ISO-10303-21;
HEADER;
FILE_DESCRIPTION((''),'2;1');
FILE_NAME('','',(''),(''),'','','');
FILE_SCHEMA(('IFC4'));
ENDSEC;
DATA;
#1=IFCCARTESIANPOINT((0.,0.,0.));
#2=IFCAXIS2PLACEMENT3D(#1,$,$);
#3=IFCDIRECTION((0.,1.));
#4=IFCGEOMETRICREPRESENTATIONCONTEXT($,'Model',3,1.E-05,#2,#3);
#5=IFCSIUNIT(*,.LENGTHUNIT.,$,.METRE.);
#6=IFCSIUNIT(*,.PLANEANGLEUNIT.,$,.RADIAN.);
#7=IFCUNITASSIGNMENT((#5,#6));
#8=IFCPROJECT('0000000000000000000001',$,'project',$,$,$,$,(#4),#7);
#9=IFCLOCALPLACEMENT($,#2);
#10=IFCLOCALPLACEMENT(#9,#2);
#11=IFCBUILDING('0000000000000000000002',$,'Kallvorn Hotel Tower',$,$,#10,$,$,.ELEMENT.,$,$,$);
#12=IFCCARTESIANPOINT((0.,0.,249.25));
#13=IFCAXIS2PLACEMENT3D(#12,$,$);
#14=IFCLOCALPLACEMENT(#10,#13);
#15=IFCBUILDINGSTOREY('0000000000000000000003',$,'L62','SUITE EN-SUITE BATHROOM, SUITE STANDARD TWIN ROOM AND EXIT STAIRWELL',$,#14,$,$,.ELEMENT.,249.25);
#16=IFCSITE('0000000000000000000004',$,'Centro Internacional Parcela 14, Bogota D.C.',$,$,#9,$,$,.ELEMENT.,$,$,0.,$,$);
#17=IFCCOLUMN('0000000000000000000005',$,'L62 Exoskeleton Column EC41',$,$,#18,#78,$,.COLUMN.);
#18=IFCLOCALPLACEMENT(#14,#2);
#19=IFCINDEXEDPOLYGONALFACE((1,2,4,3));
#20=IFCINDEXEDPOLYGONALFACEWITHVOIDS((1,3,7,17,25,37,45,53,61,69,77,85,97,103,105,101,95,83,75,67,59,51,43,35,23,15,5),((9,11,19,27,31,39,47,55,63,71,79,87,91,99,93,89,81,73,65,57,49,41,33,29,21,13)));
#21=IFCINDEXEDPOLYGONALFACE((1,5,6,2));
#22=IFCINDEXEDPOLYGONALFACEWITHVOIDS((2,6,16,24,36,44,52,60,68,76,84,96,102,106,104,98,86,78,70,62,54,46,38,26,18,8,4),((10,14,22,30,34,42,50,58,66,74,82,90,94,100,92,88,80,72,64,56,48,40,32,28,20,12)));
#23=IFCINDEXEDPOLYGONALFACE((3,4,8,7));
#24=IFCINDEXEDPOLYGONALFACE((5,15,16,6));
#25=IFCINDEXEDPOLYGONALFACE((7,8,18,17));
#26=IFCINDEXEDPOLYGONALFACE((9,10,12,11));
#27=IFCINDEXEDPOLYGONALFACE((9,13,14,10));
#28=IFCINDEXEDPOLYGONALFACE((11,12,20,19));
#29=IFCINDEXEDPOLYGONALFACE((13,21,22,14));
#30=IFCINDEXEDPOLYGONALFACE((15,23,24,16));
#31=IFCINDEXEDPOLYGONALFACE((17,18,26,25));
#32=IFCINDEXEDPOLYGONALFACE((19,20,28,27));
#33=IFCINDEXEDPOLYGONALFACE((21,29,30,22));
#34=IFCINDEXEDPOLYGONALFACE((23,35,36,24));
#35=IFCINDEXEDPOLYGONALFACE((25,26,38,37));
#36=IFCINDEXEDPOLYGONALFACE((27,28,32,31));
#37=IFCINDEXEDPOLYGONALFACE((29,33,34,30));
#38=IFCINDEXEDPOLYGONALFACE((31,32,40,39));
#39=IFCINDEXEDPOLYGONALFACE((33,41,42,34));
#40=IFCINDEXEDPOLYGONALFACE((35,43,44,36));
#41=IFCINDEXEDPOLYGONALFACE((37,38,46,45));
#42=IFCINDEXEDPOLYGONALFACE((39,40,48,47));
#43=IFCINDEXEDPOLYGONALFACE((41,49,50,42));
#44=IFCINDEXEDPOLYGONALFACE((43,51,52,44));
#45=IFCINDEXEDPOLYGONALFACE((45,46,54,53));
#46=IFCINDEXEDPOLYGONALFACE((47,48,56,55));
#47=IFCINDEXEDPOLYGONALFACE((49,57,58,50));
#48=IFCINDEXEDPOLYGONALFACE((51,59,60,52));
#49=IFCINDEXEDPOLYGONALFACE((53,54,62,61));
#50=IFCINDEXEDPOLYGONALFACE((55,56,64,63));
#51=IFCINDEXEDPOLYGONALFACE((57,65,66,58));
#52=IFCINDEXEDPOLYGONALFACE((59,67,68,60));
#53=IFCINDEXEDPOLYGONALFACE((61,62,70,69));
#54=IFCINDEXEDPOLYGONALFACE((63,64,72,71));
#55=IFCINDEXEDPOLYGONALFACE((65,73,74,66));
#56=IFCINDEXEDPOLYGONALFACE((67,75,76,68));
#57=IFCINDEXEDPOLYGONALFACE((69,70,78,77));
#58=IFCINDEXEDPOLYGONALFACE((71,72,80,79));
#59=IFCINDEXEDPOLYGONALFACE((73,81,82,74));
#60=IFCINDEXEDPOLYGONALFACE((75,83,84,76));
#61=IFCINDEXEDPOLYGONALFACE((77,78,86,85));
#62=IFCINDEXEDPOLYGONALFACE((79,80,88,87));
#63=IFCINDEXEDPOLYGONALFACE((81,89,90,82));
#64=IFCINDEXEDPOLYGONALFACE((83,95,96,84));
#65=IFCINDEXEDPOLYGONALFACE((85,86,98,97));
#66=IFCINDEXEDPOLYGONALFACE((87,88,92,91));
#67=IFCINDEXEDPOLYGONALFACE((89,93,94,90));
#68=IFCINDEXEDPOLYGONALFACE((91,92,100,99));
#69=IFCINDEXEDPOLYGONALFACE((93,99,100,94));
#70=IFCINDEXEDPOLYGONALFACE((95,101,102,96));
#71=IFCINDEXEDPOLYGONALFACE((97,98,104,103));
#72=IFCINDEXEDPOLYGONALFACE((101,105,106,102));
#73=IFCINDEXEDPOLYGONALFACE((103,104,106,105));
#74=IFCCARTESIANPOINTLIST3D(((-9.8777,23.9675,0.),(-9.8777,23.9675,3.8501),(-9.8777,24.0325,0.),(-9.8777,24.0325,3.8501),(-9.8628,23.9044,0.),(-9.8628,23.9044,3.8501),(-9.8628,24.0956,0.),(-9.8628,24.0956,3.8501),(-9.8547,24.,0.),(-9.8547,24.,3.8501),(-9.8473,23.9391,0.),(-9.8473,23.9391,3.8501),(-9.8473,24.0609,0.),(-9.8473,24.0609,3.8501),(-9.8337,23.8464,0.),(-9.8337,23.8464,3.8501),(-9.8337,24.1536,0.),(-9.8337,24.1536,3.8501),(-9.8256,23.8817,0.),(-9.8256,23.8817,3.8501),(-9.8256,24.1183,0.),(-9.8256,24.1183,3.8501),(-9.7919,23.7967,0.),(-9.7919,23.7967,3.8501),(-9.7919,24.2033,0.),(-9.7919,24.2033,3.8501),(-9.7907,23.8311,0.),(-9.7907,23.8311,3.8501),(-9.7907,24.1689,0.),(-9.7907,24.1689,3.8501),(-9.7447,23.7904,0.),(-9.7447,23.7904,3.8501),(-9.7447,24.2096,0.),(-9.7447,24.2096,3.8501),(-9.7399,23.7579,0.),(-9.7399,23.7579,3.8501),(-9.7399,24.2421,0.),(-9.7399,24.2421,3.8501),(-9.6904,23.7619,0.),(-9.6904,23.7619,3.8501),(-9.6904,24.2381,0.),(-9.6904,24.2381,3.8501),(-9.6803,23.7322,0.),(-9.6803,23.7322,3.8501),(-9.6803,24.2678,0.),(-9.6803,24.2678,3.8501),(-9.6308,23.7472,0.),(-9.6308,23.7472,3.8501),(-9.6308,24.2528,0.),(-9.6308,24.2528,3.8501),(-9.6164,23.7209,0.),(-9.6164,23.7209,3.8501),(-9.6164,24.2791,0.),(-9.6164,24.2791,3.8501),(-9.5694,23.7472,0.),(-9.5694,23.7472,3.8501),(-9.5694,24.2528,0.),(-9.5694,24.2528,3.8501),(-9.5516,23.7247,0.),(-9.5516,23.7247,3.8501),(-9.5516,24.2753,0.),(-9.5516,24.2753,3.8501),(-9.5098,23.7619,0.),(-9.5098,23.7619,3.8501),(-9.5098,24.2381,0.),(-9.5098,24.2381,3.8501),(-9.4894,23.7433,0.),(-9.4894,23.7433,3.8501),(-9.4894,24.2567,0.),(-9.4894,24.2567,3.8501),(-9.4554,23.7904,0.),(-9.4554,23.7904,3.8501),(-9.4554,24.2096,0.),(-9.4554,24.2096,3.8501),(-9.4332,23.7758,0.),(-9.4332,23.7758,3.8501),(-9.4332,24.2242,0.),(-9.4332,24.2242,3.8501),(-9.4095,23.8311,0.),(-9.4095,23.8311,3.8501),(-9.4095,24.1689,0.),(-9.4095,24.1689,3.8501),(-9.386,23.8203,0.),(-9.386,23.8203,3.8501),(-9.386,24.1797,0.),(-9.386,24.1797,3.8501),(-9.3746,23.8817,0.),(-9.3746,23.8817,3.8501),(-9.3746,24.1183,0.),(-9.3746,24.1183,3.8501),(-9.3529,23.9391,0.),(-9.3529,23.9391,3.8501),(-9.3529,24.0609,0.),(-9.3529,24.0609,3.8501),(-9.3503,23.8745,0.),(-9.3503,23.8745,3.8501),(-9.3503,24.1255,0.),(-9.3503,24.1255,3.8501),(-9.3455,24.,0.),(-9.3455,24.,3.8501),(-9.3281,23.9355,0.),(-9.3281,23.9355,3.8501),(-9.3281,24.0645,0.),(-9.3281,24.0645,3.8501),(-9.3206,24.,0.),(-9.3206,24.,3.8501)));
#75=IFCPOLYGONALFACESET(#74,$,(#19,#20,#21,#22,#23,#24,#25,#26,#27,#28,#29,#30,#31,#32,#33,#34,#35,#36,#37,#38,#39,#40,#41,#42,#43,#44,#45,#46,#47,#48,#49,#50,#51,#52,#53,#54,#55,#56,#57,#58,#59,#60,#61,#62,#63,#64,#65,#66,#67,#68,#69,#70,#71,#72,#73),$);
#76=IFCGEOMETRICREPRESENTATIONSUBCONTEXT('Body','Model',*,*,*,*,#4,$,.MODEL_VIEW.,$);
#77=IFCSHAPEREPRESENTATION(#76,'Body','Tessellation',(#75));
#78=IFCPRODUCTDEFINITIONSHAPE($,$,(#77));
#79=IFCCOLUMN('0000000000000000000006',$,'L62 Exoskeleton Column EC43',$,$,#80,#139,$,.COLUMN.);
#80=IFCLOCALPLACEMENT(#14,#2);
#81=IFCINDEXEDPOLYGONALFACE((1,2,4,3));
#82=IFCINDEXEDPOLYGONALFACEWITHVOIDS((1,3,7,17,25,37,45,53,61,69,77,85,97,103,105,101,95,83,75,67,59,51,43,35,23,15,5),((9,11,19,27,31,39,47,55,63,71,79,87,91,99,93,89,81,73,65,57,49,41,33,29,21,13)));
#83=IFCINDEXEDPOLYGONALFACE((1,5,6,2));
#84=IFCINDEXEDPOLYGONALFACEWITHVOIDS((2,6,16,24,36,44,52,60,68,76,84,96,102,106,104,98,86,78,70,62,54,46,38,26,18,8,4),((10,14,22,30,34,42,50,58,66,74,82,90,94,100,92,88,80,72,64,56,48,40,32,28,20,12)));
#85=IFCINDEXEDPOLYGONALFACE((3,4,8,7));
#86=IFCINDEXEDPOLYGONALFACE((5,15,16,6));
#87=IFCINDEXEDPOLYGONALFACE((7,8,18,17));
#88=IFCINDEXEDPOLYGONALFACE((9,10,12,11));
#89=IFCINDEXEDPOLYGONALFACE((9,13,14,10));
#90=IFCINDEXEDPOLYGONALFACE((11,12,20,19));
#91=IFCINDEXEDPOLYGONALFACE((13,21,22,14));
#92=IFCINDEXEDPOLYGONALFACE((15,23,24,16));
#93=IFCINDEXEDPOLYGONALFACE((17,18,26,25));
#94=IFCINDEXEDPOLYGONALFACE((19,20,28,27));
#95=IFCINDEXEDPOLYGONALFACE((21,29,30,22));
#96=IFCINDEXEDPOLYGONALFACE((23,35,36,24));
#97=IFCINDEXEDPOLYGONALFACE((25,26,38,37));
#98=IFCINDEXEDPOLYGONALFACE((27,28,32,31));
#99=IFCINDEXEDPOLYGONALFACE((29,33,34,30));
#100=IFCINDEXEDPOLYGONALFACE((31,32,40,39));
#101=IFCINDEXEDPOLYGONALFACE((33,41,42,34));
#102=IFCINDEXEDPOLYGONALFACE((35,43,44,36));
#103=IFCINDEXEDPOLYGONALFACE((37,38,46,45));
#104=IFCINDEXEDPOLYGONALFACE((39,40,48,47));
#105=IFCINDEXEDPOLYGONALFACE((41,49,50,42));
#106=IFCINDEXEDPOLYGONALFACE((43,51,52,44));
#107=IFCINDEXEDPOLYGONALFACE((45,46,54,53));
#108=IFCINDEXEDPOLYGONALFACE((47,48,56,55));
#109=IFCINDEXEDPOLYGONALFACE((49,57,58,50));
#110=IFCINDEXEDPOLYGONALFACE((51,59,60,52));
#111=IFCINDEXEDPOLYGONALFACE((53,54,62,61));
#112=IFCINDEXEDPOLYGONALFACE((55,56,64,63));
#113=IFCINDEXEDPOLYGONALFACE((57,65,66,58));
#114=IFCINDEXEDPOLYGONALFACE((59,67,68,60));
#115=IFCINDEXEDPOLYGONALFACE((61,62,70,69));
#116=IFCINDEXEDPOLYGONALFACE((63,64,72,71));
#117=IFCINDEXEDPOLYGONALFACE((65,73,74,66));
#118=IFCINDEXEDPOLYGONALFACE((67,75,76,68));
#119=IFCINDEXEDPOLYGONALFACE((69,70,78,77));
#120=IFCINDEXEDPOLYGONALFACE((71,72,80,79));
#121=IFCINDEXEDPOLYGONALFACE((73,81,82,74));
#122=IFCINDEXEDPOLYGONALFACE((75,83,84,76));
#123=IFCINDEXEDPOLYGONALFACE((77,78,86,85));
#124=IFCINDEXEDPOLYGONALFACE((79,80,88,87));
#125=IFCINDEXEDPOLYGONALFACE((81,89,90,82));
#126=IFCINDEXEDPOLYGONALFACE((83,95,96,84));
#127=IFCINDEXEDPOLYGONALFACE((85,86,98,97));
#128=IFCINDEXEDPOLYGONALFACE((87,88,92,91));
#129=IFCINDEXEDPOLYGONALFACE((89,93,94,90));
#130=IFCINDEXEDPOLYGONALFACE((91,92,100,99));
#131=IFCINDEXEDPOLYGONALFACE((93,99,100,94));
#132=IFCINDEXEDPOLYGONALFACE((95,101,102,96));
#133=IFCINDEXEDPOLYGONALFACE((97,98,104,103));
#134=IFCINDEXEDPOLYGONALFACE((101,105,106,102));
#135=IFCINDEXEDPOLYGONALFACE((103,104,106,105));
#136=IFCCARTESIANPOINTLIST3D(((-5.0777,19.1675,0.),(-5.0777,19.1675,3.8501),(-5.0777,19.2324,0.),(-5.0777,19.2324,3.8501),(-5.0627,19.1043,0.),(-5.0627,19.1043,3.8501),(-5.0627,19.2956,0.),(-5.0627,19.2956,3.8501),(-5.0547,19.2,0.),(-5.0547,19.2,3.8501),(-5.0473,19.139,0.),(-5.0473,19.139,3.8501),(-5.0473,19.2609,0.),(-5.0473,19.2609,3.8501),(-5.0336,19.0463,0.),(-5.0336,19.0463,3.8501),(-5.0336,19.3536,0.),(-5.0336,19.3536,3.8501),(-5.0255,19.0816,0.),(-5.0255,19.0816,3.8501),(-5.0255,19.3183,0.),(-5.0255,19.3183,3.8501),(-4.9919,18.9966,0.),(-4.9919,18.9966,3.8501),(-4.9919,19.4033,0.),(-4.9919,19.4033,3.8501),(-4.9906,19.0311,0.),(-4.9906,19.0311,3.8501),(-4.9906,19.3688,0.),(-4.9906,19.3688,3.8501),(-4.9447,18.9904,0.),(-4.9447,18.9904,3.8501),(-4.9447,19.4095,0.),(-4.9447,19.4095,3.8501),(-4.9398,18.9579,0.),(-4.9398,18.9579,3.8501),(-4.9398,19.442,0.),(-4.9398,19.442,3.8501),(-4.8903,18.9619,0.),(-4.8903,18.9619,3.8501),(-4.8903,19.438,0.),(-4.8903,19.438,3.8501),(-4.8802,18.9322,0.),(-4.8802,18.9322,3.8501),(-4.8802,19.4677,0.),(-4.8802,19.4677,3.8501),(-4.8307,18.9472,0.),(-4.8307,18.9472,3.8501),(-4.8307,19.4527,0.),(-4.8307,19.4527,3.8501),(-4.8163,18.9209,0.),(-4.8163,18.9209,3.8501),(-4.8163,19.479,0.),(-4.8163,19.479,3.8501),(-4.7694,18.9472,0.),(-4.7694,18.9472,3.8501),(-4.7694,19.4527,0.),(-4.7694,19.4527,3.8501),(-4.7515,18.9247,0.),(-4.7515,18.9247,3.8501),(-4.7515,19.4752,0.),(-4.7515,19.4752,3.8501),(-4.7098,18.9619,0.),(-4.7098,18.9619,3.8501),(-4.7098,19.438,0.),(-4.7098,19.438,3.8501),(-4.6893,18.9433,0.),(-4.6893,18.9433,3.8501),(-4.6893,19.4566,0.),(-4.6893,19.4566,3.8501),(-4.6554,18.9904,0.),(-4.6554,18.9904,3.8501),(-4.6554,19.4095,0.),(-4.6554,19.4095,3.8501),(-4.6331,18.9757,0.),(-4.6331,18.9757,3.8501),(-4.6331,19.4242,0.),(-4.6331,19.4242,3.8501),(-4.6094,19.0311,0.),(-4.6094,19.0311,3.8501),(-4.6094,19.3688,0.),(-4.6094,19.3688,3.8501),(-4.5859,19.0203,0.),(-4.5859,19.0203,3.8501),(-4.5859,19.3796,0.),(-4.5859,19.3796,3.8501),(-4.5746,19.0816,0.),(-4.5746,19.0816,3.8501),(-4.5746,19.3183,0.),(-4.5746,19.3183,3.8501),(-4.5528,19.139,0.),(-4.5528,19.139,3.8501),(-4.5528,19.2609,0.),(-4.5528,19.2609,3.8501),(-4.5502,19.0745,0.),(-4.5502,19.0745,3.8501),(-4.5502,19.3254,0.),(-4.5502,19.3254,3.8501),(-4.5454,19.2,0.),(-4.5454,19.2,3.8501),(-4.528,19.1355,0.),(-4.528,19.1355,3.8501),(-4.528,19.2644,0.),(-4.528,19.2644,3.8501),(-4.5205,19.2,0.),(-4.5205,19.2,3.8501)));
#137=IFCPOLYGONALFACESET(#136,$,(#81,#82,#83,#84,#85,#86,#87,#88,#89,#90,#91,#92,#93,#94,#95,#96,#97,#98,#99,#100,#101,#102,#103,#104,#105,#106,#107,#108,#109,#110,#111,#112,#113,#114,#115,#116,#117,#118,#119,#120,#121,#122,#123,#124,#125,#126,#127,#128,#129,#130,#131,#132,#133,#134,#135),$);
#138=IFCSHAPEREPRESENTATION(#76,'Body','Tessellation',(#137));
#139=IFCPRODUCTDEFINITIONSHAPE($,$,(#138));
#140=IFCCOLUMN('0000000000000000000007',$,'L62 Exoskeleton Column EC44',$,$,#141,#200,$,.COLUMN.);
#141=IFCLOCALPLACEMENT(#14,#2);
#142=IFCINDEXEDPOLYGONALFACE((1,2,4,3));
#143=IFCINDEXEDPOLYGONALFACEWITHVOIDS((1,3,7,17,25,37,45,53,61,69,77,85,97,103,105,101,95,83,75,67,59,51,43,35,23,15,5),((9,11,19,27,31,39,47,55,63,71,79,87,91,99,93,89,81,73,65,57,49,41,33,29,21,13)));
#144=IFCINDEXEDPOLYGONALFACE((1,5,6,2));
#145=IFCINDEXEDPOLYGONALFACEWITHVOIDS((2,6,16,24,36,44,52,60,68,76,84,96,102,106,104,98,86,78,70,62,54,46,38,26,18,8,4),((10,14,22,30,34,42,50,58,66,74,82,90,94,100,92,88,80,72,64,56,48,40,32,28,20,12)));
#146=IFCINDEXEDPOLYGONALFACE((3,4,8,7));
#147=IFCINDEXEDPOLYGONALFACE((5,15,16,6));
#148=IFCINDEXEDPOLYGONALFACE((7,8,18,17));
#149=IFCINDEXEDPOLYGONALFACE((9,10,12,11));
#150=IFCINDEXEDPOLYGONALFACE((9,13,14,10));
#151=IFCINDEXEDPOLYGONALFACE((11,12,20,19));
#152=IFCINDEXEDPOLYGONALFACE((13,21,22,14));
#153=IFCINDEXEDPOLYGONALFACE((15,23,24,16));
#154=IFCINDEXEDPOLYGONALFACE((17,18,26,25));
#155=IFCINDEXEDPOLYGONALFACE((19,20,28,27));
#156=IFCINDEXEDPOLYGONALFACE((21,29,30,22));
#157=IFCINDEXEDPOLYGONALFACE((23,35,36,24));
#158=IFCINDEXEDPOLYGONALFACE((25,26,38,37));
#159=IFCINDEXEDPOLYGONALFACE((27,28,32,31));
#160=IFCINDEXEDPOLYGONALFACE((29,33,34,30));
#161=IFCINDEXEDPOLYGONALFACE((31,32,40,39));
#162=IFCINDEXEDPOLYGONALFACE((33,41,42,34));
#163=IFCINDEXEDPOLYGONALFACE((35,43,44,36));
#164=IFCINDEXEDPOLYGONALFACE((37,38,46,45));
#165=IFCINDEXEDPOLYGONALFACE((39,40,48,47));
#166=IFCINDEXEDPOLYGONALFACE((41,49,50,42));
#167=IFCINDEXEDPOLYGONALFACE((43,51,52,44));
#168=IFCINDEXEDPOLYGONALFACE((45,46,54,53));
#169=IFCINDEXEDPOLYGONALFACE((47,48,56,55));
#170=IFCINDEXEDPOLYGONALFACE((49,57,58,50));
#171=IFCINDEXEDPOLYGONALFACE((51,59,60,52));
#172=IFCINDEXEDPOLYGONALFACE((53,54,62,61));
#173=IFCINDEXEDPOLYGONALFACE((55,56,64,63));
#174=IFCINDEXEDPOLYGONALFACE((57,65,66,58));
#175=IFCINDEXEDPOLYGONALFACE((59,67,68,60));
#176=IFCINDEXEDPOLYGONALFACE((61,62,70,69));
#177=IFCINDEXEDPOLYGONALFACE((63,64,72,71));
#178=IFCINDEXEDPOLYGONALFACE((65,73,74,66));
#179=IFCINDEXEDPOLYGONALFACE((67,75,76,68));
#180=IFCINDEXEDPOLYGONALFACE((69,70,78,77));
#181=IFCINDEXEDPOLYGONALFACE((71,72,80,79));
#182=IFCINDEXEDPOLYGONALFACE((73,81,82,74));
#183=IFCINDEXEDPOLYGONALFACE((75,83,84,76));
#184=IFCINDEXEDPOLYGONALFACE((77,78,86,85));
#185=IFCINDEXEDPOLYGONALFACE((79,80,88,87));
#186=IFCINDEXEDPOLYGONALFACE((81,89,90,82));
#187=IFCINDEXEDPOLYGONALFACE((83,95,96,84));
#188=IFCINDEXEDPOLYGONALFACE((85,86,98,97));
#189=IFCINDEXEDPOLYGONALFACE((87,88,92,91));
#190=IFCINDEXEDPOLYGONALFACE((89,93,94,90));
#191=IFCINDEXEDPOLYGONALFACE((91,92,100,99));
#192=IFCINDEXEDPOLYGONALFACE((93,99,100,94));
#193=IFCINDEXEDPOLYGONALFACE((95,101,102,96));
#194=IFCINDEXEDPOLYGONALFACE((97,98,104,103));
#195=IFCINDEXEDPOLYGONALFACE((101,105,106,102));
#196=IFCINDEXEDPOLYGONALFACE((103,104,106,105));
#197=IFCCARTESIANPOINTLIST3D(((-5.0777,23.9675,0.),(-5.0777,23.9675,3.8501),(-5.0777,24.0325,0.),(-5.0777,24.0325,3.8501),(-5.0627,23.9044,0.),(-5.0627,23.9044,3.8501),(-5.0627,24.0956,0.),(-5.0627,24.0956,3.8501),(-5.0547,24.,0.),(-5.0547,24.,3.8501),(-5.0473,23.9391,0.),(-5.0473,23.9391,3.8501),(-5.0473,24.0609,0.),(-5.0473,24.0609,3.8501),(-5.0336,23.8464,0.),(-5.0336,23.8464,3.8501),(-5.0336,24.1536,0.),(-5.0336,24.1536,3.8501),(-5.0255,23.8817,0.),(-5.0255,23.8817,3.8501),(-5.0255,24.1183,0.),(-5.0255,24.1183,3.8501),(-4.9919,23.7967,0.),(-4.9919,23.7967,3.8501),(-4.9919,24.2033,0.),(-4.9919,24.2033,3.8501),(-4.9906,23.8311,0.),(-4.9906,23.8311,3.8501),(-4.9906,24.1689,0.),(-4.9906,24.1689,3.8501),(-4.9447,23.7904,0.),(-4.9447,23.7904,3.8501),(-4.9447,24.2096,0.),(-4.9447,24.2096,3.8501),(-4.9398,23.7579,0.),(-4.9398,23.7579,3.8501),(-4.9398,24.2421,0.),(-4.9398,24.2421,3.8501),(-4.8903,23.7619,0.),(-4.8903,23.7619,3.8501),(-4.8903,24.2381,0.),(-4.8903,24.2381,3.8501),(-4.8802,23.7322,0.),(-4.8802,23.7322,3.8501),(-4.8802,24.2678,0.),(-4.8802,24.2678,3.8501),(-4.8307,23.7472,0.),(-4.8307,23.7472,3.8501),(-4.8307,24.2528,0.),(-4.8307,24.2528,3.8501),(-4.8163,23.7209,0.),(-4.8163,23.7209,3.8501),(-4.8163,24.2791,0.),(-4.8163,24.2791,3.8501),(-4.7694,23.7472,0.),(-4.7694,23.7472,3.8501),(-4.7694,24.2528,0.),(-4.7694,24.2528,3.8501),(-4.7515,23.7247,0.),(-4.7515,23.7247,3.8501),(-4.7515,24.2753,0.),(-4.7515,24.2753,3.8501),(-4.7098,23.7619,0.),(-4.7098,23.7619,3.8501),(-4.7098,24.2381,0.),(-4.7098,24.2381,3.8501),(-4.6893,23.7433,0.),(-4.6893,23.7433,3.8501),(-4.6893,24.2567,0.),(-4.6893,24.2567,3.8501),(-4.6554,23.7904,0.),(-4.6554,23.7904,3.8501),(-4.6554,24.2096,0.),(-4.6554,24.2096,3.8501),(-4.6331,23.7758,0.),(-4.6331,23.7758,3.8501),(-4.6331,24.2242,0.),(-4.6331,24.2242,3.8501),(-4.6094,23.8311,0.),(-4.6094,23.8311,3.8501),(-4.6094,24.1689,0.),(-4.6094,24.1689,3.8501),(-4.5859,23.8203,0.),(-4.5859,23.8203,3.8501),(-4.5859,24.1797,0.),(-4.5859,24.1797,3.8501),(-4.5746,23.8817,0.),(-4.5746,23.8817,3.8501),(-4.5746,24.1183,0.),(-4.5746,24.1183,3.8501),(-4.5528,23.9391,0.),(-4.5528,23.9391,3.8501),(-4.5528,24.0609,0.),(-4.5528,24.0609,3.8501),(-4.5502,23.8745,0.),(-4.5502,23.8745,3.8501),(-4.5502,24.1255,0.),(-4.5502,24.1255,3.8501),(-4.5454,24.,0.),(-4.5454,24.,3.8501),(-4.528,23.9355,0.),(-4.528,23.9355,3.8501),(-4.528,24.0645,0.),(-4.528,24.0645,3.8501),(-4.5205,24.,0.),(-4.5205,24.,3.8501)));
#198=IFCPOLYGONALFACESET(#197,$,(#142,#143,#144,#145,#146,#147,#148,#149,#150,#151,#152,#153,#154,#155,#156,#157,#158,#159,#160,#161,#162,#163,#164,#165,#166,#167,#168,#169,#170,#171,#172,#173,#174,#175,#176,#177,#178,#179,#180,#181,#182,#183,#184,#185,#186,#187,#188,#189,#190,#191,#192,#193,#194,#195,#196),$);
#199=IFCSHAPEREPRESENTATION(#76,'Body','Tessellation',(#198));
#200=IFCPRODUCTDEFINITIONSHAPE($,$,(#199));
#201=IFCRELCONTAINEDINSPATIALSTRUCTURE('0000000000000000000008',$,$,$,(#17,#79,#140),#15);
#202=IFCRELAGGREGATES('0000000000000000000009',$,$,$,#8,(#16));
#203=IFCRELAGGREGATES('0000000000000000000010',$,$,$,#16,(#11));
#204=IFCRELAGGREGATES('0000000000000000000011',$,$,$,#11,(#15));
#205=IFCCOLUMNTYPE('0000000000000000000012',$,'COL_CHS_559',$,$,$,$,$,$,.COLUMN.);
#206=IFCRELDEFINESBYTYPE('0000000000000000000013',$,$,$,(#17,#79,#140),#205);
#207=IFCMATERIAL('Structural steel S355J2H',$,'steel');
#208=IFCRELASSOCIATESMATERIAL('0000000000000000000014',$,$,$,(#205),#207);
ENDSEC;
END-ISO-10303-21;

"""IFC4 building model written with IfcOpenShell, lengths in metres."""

from ifc_helpers import new_model, si_unit, direction, frame, origin, origin_2d, place, context, subcontext, project, spatial, hollow_circle, extrude, material, material_profile, profile_set, type_object, element, save


model = new_model("IFC4")

# Units and contexts
model_context = context("Model", 3, precision=1e-05, world=origin(), true_north=direction((0.0, 1.0)))
body_context = subcontext(model_context, "Body", "Model", "MODEL_VIEW")
ifc_project = project(units=[si_unit("LENGTHUNIT", "METRE"), si_unit("PLANEANGLEUNIT", "RADIAN")], contexts=[model_context])

# Site, building, storey
site_placement = place(None, origin())
site = spatial("IfcSite", under=ifc_project, at=site_placement, Name="Centro Internacional Parcela 14, Bogota D.C.", CompositionType="ELEMENT", RefElevation=0.0)
building_placement = place(site_placement, origin())
building = spatial("IfcBuilding", under=site, at=building_placement, Name="Kallvorn Hotel Tower", CompositionType="ELEMENT")
storey_placement = place(building_placement, frame((0.0, 0.0, 249.25)))
storey = spatial("IfcBuildingStorey", under=building, at=storey_placement, Name="L62", Description="SUITE EN-SUITE BATHROOM, SUITE STANDARD TWIN ROOM AND EXIT STAIRWELL", CompositionType="ELEMENT", Elevation=249.25)

# Columns
ifc_material_1 = material(Name="Structural steel S355J2H", Category="steel")
ifc_material_profile_1 = material_profile(ifc_material_1, hollow_circle(Radius=0.2795, WallThickness=0.0249, at=origin_2d()), Name="CHS 559x25")
ifc_profile_set_1 = profile_set([ifc_material_profile_1], Name="Structural steel S355J2H")
column_type_1 = type_object("IfcColumnType", Name="COL_CHS_559", PredefinedType="COLUMN", material=ifc_profile_set_1)
for number, where, z_axis, x_axis, name in (
    (1, (-9.6001, 24.0, 0.0), (0.0, 0.0, 1.0), (1.0, 0.0, 0.0), "L62 Exoskeleton Column EC41"),
    (2, (-4.8, 19.2, 0.0), (0.0, 0.0, 1.0), (1.0, 0.0, 0.0), "L62 Exoskeleton Column EC43"),
    (3, (-4.8, 24.0, 0.0), (0.0, 0.0, 1.0), (1.0, 0.0, 0.0), "L62 Exoskeleton Column EC44"),
):
    element("IfcColumn", number, at=place(storey_placement, frame(where, z_axis=z_axis, x_axis=x_axis)), inside=storey, type_object=column_type_1, Name=name, PredefinedType="COLUMN", context=body_context, shape_type="SweptSolid", body=[
        extrude(hollow_circle(Radius=0.2795, WallThickness=0.0249, at=origin_2d()), origin(), (0.0, 0.0, 1.0), 3.8501),
    ])

save(model, "model.ifc")
